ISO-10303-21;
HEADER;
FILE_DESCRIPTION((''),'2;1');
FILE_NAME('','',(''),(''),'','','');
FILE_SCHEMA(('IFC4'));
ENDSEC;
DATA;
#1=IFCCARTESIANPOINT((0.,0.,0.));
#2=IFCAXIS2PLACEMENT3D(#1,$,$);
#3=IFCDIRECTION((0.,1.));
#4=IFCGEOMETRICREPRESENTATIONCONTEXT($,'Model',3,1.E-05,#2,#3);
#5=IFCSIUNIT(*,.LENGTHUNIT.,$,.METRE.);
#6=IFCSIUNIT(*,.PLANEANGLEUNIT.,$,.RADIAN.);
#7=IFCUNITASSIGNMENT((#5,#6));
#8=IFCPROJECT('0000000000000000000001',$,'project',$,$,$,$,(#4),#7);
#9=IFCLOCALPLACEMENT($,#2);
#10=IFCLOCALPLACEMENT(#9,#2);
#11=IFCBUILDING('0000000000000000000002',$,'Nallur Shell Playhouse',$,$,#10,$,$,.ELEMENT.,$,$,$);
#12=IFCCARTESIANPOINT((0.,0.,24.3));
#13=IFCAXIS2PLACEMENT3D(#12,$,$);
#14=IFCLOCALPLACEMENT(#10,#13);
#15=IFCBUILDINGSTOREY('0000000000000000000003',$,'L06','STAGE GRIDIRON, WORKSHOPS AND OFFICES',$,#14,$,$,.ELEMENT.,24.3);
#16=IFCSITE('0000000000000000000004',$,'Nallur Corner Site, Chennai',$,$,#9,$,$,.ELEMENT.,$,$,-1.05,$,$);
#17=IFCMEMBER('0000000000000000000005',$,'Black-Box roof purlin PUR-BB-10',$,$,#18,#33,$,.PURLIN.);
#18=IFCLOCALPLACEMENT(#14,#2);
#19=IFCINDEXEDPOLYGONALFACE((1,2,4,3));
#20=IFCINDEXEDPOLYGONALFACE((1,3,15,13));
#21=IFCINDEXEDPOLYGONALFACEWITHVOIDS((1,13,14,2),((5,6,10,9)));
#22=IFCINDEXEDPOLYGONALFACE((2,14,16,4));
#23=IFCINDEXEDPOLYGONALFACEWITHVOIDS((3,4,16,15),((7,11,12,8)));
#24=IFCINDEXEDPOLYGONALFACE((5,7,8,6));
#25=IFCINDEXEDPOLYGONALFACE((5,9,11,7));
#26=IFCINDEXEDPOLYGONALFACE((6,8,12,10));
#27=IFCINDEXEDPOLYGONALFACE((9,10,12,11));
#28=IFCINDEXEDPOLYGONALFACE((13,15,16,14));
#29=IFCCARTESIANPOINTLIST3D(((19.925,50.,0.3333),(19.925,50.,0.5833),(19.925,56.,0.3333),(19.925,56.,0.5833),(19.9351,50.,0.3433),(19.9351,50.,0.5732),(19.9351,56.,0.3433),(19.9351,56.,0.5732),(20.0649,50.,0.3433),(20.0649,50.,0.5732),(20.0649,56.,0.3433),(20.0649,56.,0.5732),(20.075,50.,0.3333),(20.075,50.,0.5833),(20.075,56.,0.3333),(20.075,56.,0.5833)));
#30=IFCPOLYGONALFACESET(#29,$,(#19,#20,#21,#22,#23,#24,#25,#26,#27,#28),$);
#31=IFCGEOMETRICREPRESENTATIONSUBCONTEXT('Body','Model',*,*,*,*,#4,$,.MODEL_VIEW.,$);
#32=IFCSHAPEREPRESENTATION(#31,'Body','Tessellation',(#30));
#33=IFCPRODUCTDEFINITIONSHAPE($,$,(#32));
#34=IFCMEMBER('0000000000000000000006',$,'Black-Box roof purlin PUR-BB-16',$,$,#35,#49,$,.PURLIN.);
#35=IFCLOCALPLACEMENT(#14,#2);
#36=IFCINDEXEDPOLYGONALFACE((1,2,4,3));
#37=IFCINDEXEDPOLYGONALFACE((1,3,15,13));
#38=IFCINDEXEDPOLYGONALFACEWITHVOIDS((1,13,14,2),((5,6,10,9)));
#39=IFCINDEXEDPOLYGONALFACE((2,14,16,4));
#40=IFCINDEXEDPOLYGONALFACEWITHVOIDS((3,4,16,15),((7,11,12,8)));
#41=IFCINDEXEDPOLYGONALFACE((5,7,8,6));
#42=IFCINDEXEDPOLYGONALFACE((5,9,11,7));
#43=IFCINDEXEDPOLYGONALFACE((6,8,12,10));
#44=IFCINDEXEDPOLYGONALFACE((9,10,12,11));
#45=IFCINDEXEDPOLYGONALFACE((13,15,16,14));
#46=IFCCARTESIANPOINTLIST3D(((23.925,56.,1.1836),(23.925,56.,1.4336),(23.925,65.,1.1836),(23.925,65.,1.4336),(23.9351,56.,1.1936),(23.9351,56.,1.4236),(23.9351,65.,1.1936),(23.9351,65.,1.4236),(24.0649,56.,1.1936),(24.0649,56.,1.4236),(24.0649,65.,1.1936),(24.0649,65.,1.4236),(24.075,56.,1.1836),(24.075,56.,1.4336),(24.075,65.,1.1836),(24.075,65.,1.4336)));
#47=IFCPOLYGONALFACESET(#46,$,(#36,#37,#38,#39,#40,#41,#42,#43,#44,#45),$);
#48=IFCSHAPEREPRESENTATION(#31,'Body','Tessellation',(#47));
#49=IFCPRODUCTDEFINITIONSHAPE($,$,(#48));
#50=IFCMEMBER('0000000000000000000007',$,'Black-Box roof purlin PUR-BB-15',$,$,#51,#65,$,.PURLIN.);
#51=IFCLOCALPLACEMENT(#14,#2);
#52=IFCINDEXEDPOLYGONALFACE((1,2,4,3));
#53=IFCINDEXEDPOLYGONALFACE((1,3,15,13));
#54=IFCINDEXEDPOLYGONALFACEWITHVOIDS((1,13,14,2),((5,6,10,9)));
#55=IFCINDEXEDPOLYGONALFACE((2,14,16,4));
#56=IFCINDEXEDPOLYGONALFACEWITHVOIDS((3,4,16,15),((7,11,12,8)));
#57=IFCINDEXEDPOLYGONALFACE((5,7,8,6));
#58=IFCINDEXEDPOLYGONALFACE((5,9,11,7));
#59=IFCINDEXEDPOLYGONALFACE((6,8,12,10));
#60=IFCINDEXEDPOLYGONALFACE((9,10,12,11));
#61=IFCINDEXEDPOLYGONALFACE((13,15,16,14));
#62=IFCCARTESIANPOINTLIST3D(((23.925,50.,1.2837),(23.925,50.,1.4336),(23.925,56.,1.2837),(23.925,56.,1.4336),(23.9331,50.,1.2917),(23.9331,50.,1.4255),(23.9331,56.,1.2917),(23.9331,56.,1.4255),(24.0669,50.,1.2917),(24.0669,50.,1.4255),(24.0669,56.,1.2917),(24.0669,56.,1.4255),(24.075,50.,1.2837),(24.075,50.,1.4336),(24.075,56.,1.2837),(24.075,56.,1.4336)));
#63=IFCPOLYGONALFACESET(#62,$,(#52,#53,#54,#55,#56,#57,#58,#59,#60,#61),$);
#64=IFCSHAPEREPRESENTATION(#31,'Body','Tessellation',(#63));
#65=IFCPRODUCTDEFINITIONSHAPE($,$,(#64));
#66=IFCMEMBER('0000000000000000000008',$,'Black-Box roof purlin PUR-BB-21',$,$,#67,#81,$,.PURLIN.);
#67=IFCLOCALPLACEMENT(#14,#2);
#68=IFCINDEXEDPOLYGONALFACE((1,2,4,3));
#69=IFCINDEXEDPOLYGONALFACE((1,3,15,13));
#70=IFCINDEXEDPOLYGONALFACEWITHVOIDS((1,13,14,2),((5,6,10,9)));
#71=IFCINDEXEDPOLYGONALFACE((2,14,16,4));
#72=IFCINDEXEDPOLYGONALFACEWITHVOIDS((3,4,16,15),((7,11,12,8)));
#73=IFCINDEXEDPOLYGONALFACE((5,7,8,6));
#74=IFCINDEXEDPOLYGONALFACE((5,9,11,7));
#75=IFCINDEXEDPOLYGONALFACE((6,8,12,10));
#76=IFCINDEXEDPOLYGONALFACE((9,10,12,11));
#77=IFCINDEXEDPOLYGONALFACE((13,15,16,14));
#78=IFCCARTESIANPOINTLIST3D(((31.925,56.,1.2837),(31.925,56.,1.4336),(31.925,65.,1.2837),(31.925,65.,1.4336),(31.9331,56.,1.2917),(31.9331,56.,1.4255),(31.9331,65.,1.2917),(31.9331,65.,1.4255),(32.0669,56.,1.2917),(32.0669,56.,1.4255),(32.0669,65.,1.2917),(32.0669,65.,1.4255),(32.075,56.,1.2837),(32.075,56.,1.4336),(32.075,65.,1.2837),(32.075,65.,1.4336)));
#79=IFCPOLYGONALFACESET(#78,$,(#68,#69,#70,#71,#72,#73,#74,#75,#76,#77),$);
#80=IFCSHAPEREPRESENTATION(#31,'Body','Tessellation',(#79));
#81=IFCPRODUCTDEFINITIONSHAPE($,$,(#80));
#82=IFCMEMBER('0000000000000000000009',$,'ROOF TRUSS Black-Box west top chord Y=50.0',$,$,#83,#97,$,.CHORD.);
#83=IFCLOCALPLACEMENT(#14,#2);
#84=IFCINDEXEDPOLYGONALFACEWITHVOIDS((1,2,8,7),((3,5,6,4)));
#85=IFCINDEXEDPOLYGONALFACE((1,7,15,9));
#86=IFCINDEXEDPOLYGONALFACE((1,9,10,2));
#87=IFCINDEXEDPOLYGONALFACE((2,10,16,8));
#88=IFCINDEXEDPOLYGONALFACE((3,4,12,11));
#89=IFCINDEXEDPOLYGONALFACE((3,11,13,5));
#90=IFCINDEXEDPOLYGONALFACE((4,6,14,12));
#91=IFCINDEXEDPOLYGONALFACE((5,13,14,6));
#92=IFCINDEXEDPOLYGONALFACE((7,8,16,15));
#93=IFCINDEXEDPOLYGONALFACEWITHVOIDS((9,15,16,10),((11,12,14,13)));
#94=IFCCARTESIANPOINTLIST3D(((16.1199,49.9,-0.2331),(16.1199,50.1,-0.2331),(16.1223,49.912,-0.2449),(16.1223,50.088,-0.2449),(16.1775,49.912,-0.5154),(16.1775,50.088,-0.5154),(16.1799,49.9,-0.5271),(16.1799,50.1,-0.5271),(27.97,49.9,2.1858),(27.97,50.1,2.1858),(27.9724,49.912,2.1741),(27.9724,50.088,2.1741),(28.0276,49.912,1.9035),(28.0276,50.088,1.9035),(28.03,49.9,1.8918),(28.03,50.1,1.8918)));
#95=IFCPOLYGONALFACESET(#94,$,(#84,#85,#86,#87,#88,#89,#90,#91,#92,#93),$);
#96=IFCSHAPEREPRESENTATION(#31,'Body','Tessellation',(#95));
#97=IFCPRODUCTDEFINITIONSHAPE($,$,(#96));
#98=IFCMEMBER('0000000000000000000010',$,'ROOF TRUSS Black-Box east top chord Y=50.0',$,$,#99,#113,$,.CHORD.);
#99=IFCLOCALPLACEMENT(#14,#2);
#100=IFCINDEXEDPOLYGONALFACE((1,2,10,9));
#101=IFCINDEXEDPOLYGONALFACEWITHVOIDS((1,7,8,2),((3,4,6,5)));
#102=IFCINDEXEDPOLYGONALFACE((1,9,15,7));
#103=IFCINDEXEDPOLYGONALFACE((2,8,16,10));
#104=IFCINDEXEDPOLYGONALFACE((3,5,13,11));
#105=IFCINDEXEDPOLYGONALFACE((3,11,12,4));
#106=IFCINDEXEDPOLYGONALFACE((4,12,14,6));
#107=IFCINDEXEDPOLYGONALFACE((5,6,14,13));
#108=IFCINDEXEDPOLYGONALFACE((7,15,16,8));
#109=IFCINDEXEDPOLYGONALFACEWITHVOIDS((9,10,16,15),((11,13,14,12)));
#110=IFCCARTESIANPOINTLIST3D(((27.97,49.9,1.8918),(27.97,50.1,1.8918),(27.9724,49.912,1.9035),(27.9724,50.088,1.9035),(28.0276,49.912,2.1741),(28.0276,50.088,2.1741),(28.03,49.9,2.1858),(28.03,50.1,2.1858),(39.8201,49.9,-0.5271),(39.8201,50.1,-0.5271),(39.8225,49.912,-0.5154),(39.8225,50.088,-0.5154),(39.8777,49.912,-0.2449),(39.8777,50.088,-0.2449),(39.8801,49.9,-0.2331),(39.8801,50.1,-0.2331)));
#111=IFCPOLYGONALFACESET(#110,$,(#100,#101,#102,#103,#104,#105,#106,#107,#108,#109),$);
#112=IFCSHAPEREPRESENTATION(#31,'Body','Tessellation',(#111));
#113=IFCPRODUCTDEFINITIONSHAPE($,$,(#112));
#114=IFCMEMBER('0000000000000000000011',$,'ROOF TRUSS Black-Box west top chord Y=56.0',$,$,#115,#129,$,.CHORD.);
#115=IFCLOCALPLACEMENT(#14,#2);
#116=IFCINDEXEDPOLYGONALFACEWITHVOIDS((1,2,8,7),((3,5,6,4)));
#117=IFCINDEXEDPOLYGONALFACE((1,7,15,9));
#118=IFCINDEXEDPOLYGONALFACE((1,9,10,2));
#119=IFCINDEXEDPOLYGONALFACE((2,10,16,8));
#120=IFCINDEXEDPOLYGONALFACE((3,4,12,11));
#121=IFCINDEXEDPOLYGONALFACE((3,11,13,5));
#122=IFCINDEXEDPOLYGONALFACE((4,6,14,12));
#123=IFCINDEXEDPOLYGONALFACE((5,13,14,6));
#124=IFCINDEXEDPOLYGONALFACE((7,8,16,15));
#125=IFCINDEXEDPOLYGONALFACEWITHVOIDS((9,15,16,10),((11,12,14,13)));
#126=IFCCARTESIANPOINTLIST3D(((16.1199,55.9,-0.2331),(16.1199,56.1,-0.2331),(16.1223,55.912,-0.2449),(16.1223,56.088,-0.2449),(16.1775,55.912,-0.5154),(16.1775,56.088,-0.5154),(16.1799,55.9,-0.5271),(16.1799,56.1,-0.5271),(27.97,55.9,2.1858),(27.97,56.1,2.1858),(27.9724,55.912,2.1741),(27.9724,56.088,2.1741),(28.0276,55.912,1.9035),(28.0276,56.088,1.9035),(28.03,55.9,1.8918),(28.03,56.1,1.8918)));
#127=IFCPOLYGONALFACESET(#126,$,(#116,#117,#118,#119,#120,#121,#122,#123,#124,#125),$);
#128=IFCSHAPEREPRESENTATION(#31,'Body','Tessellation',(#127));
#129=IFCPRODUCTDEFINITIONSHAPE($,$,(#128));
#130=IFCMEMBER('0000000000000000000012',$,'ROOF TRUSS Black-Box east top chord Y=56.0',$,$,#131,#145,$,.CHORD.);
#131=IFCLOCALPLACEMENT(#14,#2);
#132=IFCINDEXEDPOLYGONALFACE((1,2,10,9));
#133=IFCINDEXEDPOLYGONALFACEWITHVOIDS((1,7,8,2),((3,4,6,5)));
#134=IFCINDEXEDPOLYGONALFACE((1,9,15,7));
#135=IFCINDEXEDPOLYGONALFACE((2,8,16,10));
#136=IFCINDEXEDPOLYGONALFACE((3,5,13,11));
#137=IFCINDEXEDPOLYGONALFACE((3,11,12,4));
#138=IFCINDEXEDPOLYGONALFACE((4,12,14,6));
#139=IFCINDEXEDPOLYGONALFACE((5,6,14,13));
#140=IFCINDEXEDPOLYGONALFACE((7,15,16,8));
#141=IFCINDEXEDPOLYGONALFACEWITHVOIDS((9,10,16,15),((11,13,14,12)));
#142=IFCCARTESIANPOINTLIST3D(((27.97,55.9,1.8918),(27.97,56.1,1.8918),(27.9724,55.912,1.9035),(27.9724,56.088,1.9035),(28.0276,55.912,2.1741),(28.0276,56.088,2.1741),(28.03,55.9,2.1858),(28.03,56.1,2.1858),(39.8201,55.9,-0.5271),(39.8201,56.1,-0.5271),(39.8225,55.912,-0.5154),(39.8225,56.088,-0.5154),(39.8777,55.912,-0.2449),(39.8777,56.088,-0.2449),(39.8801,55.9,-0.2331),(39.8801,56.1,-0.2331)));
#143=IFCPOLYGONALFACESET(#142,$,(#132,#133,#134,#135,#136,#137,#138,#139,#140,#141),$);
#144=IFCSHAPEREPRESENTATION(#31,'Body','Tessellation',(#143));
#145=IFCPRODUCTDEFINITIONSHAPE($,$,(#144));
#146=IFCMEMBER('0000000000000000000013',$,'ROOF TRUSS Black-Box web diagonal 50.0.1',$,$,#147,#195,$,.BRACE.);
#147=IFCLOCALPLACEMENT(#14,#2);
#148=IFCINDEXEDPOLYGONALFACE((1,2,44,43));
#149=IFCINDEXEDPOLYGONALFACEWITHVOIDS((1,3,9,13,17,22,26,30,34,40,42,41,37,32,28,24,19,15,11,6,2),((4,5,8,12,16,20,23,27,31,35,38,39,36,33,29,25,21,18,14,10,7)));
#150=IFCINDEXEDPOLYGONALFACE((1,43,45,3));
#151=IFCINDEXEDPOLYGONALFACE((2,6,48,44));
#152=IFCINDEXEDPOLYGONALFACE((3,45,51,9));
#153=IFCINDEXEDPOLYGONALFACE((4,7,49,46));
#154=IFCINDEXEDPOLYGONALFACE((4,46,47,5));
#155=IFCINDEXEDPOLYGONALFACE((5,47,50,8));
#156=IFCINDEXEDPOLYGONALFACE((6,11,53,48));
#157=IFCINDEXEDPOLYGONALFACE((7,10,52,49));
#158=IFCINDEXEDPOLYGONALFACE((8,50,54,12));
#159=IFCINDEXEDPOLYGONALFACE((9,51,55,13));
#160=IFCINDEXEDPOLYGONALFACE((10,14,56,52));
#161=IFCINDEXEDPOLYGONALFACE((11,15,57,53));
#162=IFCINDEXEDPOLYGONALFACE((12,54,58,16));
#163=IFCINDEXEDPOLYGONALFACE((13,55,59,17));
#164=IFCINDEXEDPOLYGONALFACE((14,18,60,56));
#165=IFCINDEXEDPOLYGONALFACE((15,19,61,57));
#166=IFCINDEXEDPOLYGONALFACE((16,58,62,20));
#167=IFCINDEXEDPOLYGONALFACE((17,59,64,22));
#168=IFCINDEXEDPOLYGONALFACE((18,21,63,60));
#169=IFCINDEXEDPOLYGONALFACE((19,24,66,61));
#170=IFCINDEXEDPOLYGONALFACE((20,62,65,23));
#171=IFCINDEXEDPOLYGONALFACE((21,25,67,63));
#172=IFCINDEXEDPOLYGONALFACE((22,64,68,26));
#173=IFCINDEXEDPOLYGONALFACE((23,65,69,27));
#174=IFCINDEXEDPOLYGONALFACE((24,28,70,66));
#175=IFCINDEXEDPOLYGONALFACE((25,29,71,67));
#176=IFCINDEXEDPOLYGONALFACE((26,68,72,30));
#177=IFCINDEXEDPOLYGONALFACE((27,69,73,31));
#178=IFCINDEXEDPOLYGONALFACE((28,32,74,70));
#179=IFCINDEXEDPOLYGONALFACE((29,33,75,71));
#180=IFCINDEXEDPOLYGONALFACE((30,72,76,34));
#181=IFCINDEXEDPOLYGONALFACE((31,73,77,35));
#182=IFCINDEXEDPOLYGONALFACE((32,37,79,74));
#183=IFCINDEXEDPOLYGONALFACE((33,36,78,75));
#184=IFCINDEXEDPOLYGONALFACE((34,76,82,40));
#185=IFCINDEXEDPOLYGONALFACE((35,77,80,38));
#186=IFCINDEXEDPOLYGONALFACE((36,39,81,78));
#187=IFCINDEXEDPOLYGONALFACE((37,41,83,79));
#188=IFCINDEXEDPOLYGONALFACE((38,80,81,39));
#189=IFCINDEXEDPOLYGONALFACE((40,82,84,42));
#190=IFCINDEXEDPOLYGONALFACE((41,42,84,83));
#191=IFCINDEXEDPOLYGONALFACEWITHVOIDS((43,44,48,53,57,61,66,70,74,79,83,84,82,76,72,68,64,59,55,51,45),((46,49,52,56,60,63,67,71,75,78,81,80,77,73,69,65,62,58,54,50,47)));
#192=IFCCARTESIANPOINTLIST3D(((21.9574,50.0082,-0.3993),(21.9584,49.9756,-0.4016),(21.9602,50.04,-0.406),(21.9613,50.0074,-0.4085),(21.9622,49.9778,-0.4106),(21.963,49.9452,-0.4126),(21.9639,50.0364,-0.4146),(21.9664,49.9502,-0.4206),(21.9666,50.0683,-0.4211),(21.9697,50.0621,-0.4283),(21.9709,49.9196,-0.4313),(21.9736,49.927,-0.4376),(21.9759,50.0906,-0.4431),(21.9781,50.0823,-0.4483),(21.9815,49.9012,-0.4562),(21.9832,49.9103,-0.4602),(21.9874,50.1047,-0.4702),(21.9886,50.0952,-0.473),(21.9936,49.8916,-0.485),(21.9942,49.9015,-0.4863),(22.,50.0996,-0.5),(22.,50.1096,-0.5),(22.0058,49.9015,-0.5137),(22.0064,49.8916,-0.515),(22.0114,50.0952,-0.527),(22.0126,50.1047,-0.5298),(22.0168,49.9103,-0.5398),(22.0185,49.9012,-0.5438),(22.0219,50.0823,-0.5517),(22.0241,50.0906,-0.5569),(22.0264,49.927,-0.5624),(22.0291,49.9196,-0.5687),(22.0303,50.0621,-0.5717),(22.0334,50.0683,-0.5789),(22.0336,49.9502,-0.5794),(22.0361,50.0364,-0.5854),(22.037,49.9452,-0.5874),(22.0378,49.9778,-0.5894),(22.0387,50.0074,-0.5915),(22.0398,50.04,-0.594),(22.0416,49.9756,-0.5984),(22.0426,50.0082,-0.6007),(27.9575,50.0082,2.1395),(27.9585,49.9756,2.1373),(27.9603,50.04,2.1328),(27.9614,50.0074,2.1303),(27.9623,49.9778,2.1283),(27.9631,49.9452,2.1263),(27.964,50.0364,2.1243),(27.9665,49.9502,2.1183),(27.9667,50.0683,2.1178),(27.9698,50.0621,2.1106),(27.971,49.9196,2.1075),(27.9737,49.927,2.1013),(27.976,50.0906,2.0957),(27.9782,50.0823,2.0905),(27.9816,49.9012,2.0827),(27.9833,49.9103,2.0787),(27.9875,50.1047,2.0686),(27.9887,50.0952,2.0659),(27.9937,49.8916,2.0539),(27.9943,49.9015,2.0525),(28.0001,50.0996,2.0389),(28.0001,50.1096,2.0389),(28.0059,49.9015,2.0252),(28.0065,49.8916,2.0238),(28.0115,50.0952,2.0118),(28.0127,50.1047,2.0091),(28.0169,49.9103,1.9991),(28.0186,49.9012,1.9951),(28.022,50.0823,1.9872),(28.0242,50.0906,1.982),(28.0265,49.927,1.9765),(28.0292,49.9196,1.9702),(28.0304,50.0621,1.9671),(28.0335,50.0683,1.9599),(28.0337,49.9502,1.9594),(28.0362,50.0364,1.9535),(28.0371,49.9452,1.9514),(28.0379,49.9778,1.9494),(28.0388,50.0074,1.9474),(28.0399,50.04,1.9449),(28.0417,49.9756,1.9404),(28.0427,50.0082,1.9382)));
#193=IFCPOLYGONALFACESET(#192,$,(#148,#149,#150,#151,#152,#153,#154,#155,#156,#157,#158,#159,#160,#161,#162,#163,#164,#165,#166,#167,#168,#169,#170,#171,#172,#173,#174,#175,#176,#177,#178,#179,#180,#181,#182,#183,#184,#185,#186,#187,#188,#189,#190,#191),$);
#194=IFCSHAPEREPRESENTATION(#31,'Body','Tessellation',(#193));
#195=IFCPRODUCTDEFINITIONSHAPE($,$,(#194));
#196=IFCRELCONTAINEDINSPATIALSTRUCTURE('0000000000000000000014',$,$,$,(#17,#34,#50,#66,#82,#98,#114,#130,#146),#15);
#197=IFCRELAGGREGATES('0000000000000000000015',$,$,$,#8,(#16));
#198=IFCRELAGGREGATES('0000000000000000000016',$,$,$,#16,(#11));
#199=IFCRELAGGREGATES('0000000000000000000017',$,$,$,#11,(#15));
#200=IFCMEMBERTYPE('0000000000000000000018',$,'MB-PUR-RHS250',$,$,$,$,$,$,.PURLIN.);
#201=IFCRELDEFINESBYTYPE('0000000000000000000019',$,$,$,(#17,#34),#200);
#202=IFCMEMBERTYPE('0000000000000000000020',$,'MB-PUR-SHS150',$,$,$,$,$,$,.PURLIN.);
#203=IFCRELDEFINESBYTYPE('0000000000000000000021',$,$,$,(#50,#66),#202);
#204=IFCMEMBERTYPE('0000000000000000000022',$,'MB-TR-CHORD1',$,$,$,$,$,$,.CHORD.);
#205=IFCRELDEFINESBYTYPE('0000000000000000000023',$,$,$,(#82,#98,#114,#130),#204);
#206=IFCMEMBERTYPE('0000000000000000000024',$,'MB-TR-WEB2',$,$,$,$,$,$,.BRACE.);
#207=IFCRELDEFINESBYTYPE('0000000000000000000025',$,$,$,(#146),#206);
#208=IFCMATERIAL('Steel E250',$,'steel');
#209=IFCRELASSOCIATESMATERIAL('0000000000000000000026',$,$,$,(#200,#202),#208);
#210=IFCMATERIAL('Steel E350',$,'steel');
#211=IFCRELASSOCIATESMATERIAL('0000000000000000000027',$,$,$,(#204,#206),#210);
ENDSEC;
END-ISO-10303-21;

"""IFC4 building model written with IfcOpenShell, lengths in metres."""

from ifc_helpers import new_model, si_unit, direction, frame, origin, origin_2d, place, context, subcontext, project, spatial, hollow_rectangle, hollow_circle, extrude, material, material_profile, profile_set, type_object, element, save


model = new_model("IFC4")

# Units and contexts
model_context = context("Model", 3, precision=1e-05, world=origin(), true_north=direction((0.0, 1.0)))
body_context = subcontext(model_context, "Body", "Model", "MODEL_VIEW")
ifc_project = project(units=[si_unit("LENGTHUNIT", "METRE"), si_unit("PLANEANGLEUNIT", "RADIAN")], contexts=[model_context])

# Site, building, storey
site_placement = place(None, origin())
site = spatial("IfcSite", under=ifc_project, at=site_placement, Name="Nallur Corner Site, Chennai", CompositionType="ELEMENT", RefElevation=-1.05)
building_placement = place(site_placement, origin())
building = spatial("IfcBuilding", under=site, at=building_placement, Name="Nallur Shell Playhouse", CompositionType="ELEMENT")
storey_placement = place(building_placement, frame((0.0, 0.0, 24.3)))
storey = spatial("IfcBuildingStorey", under=building, at=storey_placement, Name="L06", Description="STAGE GRIDIRON, WORKSHOPS AND OFFICES", CompositionType="ELEMENT", Elevation=24.3)

# Shared definitions
ifc_material_1 = material(Name="Steel E250", Category="steel")
ifc_material_2 = material(Name="Steel E350", Category="steel")

# Members
ifc_material_profile_1 = material_profile(ifc_material_1, hollow_rectangle(XDim=0.1499, YDim=0.25, WallThickness=0.01, at=origin_2d()), Name="RHS 250x150x10")
ifc_profile_set_1 = profile_set([ifc_material_profile_1], Name="Steel E250")
member_type_1 = type_object("IfcMemberType", Name="MB-PUR-RHS250", PredefinedType="PURLIN", material=ifc_profile_set_1)
member_1_placement = place(storey_placement, frame((20.0, 50.0, 0.4583), z_axis=(0.0, 1.0, 0.0), x_axis=(-1.0, 0.0, 0.0)))
element("IfcMember", 1, at=member_1_placement, inside=storey, type_object=member_type_1, Name="Black-Box roof purlin PUR-BB-10", PredefinedType="PURLIN", context=body_context, shape_type="SweptSolid", body=[
    extrude(hollow_rectangle(XDim=0.1499, YDim=0.25, WallThickness=0.01, at=origin_2d()), origin(), (0.0, 0.0, 1.0), 6.0),
])
member_2_placement = place(storey_placement, frame((24.0, 56.0, 1.3086), z_axis=(0.0, 1.0, 0.0), x_axis=(-1.0, 0.0, 0.0)))
element("IfcMember", 2, at=member_2_placement, inside=storey, type_object=member_type_1, Name="Black-Box roof purlin PUR-BB-16", PredefinedType="PURLIN", context=body_context, shape_type="SweptSolid", body=[
    extrude(hollow_rectangle(XDim=0.1499, YDim=0.25, WallThickness=0.01, at=origin_2d()), origin(), (0.0, 0.0, 1.0), 9.0),
])
ifc_material_profile_2 = material_profile(ifc_material_1, hollow_rectangle(XDim=0.1499, YDim=0.1499, WallThickness=0.0081, at=origin_2d()), Name="SHS 150x150x8")
ifc_profile_set_2 = profile_set([ifc_material_profile_2], Name="Steel E250")
member_type_2 = type_object("IfcMemberType", Name="MB-PUR-SHS150", PredefinedType="PURLIN", material=ifc_profile_set_2)
member_3_placement = place(storey_placement, frame((24.0, 50.0, 1.3586), z_axis=(0.0, 1.0, 0.0), x_axis=(-1.0, 0.0, 0.0)))
element("IfcMember", 3, at=member_3_placement, inside=storey, type_object=member_type_2, Name="Black-Box roof purlin PUR-BB-15", PredefinedType="PURLIN", context=body_context, shape_type="SweptSolid", body=[
    extrude(hollow_rectangle(XDim=0.1499, YDim=0.1499, WallThickness=0.0081, at=origin_2d()), origin(), (0.0, 0.0, 1.0), 6.0),
])
member_4_placement = place(storey_placement, frame((32.0, 56.0, 1.3586), z_axis=(0.0, 1.0, 0.0), x_axis=(-1.0, 0.0, 0.0)))
element("IfcMember", 4, at=member_4_placement, inside=storey, type_object=member_type_2, Name="Black-Box roof purlin PUR-BB-21", PredefinedType="PURLIN", context=body_context, shape_type="SweptSolid", body=[
    extrude(hollow_rectangle(XDim=0.1499, YDim=0.1499, WallThickness=0.0081, at=origin_2d()), origin(), (0.0, 0.0, 1.0), 9.0),
])
ifc_material_profile_3 = material_profile(ifc_material_2, hollow_rectangle(XDim=0.2, YDim=0.3, WallThickness=0.012, at=origin_2d()), Name="RHS 300x200x12")
ifc_profile_set_3 = profile_set([ifc_material_profile_3], Name="Steel E350")
member_type_3 = type_object("IfcMemberType", Name="MB-TR-CHORD1", PredefinedType="CHORD", material=ifc_profile_set_3)
for number, where, z_axis, x_axis, name in (
    (5, (16.1499, 50.0, -0.3801), (0.979795, 0.0, 0.200004), (0.0, 1.0, 0.0), "ROOF TRUSS Black-Box west top chord Y=50.0"),
    (6, (28.0, 50.0, 2.0388), (0.979795, 0.0, -0.200004), (0.0, 1.0, 0.0), "ROOF TRUSS Black-Box east top chord Y=50.0"),
    (7, (16.1499, 56.0, -0.3801), (0.979795, 0.0, 0.200004), (0.0, 1.0, 0.0), "ROOF TRUSS Black-Box west top chord Y=56.0"),
    (8, (28.0, 56.0, 2.0388), (0.979795, 0.0, -0.200004), (0.0, 1.0, 0.0), "ROOF TRUSS Black-Box east top chord Y=56.0"),
):
    element("IfcMember", number, at=place(storey_placement, frame(where, z_axis=z_axis, x_axis=x_axis)), inside=storey, type_object=member_type_3, Name=name, PredefinedType="CHORD", context=body_context, shape_type="SweptSolid", body=[
        extrude(hollow_rectangle(XDim=0.2, YDim=0.3, WallThickness=0.012, at=origin_2d()), origin(), (0.0, 0.0, 1.0), 12.0945),
    ])
ifc_material_profile_4 = material_profile(ifc_material_2, hollow_circle(Radius=0.1096, WallThickness=0.01, at=origin_2d()), Name="CHS 219.1x10")
ifc_profile_set_4 = profile_set([ifc_material_profile_4], Name="Steel E350")
member_type_4 = type_object("IfcMemberType", Name="MB-TR-WEB2", PredefinedType="BRACE", material=ifc_profile_set_4)
for number, where, z_axis, x_axis, name in (
    (9, (22.0, 50.0, -0.5), (0.920948, 0.0, 0.389686), (0.0, 1.0, 0.0), "ROOF TRUSS Black-Box web diagonal 50.0.1"),
):
    element("IfcMember", number, at=place(storey_placement, frame(where, z_axis=z_axis, x_axis=x_axis)), inside=storey, type_object=member_type_4, Name=name, PredefinedType="BRACE", context=body_context, shape_type="SweptSolid", body=[
        extrude(hollow_circle(Radius=0.1096, WallThickness=0.01, at=origin_2d()), origin(), (0.0, 0.0, 1.0), 6.5151),
    ])

save(model, "model.ifc")
